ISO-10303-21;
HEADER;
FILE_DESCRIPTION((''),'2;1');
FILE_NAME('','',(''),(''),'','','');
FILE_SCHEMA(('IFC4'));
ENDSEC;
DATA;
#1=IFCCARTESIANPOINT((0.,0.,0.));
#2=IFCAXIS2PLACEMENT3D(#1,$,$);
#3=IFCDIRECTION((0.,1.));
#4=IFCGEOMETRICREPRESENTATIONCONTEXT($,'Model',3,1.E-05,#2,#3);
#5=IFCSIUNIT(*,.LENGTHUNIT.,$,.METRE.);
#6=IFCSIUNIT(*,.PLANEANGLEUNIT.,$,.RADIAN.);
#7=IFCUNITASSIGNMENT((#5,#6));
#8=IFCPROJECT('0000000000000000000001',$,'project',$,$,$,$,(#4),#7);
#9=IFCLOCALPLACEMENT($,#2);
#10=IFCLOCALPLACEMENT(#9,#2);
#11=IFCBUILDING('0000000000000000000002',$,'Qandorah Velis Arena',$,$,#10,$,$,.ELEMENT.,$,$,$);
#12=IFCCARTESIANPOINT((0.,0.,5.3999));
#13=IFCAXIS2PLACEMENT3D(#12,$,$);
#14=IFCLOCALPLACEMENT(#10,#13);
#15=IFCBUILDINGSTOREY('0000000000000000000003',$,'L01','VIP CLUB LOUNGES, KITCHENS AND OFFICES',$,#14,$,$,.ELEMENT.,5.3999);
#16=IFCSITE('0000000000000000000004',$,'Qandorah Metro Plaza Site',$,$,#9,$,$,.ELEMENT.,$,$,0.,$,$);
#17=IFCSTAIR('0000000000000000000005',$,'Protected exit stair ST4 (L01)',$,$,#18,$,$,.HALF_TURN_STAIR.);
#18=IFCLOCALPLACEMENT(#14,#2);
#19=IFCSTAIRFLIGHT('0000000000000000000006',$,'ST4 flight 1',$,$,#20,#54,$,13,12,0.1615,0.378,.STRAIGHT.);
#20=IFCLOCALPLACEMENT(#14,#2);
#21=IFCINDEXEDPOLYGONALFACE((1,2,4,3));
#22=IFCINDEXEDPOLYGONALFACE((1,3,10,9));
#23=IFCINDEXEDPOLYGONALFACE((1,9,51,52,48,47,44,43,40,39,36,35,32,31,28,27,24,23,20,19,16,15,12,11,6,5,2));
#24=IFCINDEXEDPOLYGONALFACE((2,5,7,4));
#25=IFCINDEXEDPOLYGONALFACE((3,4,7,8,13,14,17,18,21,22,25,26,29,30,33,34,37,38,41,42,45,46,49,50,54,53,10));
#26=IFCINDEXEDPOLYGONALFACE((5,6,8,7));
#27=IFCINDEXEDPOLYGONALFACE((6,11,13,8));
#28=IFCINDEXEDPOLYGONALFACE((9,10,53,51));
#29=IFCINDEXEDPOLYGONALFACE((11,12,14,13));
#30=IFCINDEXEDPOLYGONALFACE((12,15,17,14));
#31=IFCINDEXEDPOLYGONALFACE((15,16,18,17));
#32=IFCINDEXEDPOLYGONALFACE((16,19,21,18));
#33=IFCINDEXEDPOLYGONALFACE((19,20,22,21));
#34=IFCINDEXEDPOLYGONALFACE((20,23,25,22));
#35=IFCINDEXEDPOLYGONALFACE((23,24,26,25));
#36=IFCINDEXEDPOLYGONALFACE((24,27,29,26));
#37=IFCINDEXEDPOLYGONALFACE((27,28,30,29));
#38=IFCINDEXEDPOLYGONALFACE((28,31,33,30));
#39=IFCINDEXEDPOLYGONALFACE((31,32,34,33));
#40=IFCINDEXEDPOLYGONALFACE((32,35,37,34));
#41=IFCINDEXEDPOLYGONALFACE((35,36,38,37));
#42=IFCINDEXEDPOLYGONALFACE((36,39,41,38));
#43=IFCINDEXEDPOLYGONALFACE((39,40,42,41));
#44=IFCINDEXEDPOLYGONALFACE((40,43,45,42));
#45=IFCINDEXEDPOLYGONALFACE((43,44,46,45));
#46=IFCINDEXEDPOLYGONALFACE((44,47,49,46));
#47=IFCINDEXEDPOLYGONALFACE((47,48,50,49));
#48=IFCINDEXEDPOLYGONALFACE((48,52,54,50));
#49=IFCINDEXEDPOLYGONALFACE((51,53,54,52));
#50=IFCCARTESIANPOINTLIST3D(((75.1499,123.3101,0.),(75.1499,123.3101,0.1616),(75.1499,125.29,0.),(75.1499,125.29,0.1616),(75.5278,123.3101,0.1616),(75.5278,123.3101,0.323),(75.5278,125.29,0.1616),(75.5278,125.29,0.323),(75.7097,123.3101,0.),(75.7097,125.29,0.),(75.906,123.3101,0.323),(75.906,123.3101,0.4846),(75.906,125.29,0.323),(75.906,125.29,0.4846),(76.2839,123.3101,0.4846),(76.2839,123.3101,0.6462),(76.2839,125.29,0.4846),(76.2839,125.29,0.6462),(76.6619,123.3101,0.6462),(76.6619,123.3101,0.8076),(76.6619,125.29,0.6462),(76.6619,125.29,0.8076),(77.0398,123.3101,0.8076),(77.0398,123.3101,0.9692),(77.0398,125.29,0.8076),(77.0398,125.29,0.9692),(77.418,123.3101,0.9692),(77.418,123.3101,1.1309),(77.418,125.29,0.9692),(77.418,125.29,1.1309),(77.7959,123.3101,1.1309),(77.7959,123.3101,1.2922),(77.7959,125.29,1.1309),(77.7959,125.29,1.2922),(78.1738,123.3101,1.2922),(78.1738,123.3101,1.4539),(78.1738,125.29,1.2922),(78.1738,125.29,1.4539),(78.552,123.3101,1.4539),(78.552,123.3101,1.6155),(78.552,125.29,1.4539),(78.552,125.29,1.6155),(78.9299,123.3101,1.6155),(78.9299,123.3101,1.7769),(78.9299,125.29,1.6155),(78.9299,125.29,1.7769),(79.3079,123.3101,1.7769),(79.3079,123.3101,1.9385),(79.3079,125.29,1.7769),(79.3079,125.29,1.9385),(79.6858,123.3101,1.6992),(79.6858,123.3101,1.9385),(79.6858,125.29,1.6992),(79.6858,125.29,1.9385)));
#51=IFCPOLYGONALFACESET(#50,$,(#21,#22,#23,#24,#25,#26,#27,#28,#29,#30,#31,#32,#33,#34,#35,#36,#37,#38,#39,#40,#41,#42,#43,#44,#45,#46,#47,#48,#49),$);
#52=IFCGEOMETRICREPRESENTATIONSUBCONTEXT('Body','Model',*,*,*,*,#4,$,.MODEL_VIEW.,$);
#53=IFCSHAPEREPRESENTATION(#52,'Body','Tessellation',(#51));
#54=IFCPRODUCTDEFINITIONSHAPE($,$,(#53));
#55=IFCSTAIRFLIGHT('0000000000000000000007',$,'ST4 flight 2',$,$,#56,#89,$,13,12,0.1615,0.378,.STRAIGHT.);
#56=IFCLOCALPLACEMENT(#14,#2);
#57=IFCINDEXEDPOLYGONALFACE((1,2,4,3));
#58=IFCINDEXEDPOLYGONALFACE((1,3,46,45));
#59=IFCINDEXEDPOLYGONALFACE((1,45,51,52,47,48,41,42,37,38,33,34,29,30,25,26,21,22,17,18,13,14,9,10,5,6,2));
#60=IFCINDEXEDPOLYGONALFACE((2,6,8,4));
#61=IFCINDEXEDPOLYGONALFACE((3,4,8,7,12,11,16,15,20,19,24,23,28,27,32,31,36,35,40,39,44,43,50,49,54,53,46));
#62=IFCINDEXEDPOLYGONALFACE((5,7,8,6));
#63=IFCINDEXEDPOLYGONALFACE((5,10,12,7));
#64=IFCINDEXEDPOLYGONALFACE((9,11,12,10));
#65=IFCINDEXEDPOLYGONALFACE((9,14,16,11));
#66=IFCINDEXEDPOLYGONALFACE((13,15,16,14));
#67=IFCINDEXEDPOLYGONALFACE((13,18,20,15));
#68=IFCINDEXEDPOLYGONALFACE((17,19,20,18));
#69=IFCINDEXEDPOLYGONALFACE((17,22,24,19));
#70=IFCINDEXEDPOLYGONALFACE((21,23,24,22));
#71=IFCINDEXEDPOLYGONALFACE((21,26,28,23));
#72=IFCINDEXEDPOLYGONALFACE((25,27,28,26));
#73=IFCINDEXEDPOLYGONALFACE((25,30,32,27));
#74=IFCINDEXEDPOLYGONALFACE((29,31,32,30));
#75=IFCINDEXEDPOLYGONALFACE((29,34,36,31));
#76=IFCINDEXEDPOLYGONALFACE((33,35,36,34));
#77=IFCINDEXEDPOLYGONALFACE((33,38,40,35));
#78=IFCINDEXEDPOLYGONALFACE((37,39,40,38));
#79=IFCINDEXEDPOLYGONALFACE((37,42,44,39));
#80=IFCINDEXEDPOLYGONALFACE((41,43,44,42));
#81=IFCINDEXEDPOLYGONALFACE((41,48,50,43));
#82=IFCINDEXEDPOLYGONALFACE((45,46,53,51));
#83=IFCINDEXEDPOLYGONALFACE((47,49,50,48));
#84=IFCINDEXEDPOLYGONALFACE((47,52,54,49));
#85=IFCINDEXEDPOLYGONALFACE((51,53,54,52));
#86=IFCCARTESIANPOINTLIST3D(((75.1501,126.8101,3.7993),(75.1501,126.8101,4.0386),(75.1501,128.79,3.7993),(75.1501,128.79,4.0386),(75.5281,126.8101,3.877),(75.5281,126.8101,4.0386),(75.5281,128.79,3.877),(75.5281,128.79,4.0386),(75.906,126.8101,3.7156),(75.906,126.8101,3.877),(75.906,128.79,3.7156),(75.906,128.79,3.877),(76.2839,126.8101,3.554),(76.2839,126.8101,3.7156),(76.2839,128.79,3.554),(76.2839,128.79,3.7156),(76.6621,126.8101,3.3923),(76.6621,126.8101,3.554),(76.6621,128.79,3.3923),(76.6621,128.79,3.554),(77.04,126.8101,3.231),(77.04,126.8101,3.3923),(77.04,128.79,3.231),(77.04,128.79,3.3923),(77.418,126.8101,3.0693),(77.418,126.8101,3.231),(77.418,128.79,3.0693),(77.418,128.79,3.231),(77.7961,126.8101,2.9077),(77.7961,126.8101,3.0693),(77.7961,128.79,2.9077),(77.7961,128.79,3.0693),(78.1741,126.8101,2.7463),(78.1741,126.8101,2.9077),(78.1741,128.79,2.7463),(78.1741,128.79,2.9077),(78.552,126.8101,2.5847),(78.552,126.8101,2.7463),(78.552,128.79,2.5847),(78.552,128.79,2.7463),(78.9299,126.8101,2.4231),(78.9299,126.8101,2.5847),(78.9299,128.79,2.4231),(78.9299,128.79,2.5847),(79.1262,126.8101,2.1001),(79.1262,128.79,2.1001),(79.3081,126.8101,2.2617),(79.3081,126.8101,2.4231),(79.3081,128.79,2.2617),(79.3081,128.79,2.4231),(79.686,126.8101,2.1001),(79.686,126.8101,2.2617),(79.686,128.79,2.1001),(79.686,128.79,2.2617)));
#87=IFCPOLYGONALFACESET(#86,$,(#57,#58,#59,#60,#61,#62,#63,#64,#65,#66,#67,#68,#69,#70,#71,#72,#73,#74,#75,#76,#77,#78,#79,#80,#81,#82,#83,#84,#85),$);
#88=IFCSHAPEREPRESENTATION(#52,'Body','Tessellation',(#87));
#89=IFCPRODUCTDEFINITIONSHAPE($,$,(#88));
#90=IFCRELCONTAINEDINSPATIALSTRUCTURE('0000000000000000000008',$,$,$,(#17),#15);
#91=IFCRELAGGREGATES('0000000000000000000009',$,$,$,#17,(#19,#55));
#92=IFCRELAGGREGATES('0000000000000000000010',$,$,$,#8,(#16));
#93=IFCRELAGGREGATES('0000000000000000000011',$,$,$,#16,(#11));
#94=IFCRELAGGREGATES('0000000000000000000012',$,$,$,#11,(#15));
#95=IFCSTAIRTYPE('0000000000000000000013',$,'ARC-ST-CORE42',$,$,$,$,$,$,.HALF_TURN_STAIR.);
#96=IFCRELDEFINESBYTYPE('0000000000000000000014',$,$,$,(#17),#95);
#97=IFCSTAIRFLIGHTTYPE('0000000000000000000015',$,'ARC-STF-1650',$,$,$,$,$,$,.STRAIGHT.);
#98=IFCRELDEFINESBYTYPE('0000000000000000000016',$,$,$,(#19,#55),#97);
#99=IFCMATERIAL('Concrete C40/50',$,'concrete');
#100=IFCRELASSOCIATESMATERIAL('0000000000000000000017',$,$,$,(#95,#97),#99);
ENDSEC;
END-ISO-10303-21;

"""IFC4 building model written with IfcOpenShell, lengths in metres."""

from ifc_helpers import new_model, si_unit, direction, frame, origin, place, context, subcontext, project, spatial, polyline, outline, extrude, material, type_object, element, aggregate, save


model = new_model("IFC4")

# Units and contexts
model_context = context("Model", 3, precision=1e-05, world=origin(), true_north=direction((0.0, 1.0)))
body_context = subcontext(model_context, "Body", "Model", "MODEL_VIEW")
ifc_project = project(units=[si_unit("LENGTHUNIT", "METRE"), si_unit("PLANEANGLEUNIT", "RADIAN")], contexts=[model_context])

# Site, building, storey
site_placement = place(None, origin())
site = spatial("IfcSite", under=ifc_project, at=site_placement, Name="Qandorah Metro Plaza Site", CompositionType="ELEMENT", RefElevation=0.0)
building_placement = place(site_placement, origin())
building = spatial("IfcBuilding", under=site, at=building_placement, Name="Qandorah Velis Arena", CompositionType="ELEMENT")
storey_placement = place(building_placement, frame((0.0, 0.0, 5.3999)))
storey = spatial("IfcBuildingStorey", under=building, at=storey_placement, Name="L01", Description="VIP CLUB LOUNGES, KITCHENS AND OFFICES", CompositionType="ELEMENT", Elevation=5.3999)

# Shared definitions
ifc_material_1 = material(Name="Concrete C40/50", Category="concrete")

# Stair, stair flights
stair_type = type_object("IfcStairType", Name="ARC-ST-CORE42", PredefinedType="HALF_TURN_STAIR", material=ifc_material_1)
stair_placement = place(storey_placement, origin())
stair = element("IfcStair", 1, at=stair_placement, inside=storey, type_object=stair_type, Name="Protected exit stair ST4 (L01)", PredefinedType="HALF_TURN_STAIR")
stair_flight_type = type_object("IfcStairFlightType", Name="ARC-STF-1650", PredefinedType="STRAIGHT", material=ifc_material_1)
stair_flight_1_placement = place(storey_placement, frame((75.1499, 124.3, 0.0), z_axis=(0.0, 0.0, 1.0), x_axis=(1.0, 0.0, 0.0)))
stair_flight_1 = element("IfcStairFlight", 2, at=stair_flight_1_placement, type_object=stair_flight_type, Name="ST4 flight 1", NumberOfRisers=13, NumberOfTreads=12, PredefinedType="STRAIGHT", RiserHeight=0.1615, TreadLength=0.378, context=body_context, shape_type="SweptSolid", body=[
    extrude(outline(polyline([(0.0, 0.0), (0.0, 0.1616), (0.3779, 0.1616), (0.3779, 0.323), (0.7561, 0.323), (0.7561, 0.4846), (1.134, 0.4846), (1.134, 0.6462), (1.512, 0.6462), (1.512, 0.8076), (1.8899, 0.8076), (1.8899, 0.9692), (2.2681, 0.9692), (2.2681, 1.1309), (2.646, 1.1309), (2.646, 1.2922), (3.0239, 1.2922), (3.0239, 1.4539), (3.4021, 1.4539), (3.4021, 1.6155), (3.78, 1.6155), (3.78, 1.7769), (4.158, 1.7769), (4.158, 1.9385), (4.5359, 1.9385), (4.5359, 2.1001), (4.5359, 1.6992), (0.5598, 0.0), (0.0, 0.0)])), frame((0.0, 0.99, 0.0), z_axis=(0.0, -1.0, 0.0), x_axis=(1.0, 0.0, 0.0)), (0.0, 0.0, 1.0), 1.98),
])
stair_flight_2_placement = place(storey_placement, frame((79.686, 127.8, 2.1001), z_axis=(0.0, 0.0, 1.0), x_axis=(-1.0, 0.0, 0.0)))
stair_flight_2 = element("IfcStairFlight", 3, at=stair_flight_2_placement, type_object=stair_flight_type, Name="ST4 flight 2", NumberOfRisers=13, NumberOfTreads=12, PredefinedType="STRAIGHT", RiserHeight=0.1615, TreadLength=0.378, context=body_context, shape_type="SweptSolid", body=[
    extrude(outline(polyline([(0.0, 0.0), (0.0, 0.1616), (0.3779, 0.1616), (0.3779, 0.323), (0.7561, 0.323), (0.7561, 0.4846), (1.134, 0.4846), (1.134, 0.6462), (1.512, 0.6462), (1.512, 0.8076), (1.8899, 0.8076), (1.8899, 0.9692), (2.2681, 0.9692), (2.2681, 1.1309), (2.646, 1.1309), (2.646, 1.2922), (3.0239, 1.2922), (3.0239, 1.4539), (3.4021, 1.4539), (3.4021, 1.6155), (3.78, 1.6155), (3.78, 1.7769), (4.158, 1.7769), (4.158, 1.9385), (4.5359, 1.9385), (4.5359, 2.1001), (4.5359, 1.6992), (0.5598, 0.0), (0.0, 0.0)])), frame((0.0, 0.99, 0.0), z_axis=(0.0, -1.0, 0.0), x_axis=(1.0, 0.0, 0.0)), (0.0, 0.0, 1.0), 1.98),
])
aggregate(stair, [stair_flight_1, stair_flight_2])

save(model, "model.ifc")
